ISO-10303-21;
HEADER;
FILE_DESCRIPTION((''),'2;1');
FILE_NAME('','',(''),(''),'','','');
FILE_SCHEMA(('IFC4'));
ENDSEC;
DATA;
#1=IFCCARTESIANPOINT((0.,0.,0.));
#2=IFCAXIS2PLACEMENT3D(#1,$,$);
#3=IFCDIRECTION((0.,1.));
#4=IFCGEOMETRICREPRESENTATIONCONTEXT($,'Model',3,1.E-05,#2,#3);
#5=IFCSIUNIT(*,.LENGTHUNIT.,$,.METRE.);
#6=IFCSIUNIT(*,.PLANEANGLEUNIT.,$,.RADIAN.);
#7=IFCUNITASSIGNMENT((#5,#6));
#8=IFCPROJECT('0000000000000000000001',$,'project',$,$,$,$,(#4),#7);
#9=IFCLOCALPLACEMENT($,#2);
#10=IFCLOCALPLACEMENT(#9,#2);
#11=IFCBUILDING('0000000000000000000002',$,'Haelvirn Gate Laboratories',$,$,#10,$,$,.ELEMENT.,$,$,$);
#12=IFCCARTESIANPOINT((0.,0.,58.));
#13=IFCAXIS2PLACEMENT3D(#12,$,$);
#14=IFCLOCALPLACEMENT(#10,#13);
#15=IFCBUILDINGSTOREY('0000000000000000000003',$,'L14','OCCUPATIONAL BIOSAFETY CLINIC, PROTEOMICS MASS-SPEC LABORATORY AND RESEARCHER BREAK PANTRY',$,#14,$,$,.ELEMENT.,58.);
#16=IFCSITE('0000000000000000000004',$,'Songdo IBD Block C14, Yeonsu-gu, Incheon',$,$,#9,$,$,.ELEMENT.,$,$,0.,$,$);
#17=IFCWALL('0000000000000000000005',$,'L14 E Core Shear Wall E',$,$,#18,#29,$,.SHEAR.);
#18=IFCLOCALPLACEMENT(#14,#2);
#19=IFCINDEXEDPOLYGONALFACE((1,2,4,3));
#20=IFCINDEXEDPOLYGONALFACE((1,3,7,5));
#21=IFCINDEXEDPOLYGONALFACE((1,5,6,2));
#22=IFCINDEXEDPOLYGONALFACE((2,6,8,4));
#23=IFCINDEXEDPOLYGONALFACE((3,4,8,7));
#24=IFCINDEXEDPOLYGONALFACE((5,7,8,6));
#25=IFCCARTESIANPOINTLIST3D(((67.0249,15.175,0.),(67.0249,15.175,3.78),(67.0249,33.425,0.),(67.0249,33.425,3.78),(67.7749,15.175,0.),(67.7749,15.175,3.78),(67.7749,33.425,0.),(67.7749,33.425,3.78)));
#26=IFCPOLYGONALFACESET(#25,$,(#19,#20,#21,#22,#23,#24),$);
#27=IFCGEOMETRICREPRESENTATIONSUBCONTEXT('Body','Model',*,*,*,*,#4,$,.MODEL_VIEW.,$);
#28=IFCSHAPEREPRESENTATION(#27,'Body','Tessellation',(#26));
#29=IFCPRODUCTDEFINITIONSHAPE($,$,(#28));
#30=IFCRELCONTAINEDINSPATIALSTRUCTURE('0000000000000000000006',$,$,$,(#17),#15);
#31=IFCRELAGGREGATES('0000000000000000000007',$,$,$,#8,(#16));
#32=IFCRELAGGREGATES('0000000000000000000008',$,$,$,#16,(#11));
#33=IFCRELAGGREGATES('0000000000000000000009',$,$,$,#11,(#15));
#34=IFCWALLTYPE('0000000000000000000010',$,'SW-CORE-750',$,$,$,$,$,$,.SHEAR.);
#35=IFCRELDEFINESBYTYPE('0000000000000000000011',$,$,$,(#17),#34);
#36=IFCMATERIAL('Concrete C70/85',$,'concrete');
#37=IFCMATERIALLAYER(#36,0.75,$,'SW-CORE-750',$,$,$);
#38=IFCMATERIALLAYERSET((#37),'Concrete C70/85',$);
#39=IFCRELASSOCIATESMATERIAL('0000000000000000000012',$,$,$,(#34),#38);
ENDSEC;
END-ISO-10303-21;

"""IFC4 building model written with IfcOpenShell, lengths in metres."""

from ifc_helpers import new_model, si_unit, direction, frame, frame_2d, origin, place, context, subcontext, project, spatial, rectangle, extrude, material, layer, layer_set, type_object, element, save


model = new_model("IFC4")

# Units and contexts
model_context = context("Model", 3, precision=1e-05, world=origin(), true_north=direction((0.0, 1.0)))
body_context = subcontext(model_context, "Body", "Model", "MODEL_VIEW")
ifc_project = project(units=[si_unit("LENGTHUNIT", "METRE"), si_unit("PLANEANGLEUNIT", "RADIAN")], contexts=[model_context])

# Site, building, storey
site_placement = place(None, origin())
site = spatial("IfcSite", under=ifc_project, at=site_placement, Name="Songdo IBD Block C14, Yeonsu-gu, Incheon", CompositionType="ELEMENT", RefElevation=0.0)
building_placement = place(site_placement, origin())
building = spatial("IfcBuilding", under=site, at=building_placement, Name="Haelvirn Gate Laboratories", CompositionType="ELEMENT")
storey_placement = place(building_placement, frame((0.0, 0.0, 58.0)))
storey = spatial("IfcBuildingStorey", under=building, at=storey_placement, Name="L14", Description="OCCUPATIONAL BIOSAFETY CLINIC, PROTEOMICS MASS-SPEC LABORATORY AND RESEARCHER BREAK PANTRY", CompositionType="ELEMENT", Elevation=58.0)

# Shared definitions
ifc_material_1 = material(Name="Concrete C70/85", Category="concrete")

# Wall
ifc_layer_1 = layer(ifc_material_1, 0.75, Name="SW-CORE-750")
ifc_layer_set_1 = layer_set([ifc_layer_1], Name="Concrete C70/85")
wall_type_1 = type_object("IfcWallType", Name="SW-CORE-750", PredefinedType="SHEAR", material=ifc_layer_set_1)
wall_1_placement = place(storey_placement, frame((67.3999, 15.175, 0.0), z_axis=(0.0, 0.0, 1.0), x_axis=(0.0, 1.0, 0.0)))
element("IfcWall", 1, at=wall_1_placement, inside=storey, type_object=wall_type_1, Name="L14 E Core Shear Wall E", PredefinedType="SHEAR", context=body_context, shape_type="SweptSolid", body=[
    extrude(rectangle(XDim=18.25, YDim=0.75, at=frame_2d((9.125, 0.0))), origin(), (0.0, 0.0, 1.0), 3.78),
])

save(model, "model.ifc")
